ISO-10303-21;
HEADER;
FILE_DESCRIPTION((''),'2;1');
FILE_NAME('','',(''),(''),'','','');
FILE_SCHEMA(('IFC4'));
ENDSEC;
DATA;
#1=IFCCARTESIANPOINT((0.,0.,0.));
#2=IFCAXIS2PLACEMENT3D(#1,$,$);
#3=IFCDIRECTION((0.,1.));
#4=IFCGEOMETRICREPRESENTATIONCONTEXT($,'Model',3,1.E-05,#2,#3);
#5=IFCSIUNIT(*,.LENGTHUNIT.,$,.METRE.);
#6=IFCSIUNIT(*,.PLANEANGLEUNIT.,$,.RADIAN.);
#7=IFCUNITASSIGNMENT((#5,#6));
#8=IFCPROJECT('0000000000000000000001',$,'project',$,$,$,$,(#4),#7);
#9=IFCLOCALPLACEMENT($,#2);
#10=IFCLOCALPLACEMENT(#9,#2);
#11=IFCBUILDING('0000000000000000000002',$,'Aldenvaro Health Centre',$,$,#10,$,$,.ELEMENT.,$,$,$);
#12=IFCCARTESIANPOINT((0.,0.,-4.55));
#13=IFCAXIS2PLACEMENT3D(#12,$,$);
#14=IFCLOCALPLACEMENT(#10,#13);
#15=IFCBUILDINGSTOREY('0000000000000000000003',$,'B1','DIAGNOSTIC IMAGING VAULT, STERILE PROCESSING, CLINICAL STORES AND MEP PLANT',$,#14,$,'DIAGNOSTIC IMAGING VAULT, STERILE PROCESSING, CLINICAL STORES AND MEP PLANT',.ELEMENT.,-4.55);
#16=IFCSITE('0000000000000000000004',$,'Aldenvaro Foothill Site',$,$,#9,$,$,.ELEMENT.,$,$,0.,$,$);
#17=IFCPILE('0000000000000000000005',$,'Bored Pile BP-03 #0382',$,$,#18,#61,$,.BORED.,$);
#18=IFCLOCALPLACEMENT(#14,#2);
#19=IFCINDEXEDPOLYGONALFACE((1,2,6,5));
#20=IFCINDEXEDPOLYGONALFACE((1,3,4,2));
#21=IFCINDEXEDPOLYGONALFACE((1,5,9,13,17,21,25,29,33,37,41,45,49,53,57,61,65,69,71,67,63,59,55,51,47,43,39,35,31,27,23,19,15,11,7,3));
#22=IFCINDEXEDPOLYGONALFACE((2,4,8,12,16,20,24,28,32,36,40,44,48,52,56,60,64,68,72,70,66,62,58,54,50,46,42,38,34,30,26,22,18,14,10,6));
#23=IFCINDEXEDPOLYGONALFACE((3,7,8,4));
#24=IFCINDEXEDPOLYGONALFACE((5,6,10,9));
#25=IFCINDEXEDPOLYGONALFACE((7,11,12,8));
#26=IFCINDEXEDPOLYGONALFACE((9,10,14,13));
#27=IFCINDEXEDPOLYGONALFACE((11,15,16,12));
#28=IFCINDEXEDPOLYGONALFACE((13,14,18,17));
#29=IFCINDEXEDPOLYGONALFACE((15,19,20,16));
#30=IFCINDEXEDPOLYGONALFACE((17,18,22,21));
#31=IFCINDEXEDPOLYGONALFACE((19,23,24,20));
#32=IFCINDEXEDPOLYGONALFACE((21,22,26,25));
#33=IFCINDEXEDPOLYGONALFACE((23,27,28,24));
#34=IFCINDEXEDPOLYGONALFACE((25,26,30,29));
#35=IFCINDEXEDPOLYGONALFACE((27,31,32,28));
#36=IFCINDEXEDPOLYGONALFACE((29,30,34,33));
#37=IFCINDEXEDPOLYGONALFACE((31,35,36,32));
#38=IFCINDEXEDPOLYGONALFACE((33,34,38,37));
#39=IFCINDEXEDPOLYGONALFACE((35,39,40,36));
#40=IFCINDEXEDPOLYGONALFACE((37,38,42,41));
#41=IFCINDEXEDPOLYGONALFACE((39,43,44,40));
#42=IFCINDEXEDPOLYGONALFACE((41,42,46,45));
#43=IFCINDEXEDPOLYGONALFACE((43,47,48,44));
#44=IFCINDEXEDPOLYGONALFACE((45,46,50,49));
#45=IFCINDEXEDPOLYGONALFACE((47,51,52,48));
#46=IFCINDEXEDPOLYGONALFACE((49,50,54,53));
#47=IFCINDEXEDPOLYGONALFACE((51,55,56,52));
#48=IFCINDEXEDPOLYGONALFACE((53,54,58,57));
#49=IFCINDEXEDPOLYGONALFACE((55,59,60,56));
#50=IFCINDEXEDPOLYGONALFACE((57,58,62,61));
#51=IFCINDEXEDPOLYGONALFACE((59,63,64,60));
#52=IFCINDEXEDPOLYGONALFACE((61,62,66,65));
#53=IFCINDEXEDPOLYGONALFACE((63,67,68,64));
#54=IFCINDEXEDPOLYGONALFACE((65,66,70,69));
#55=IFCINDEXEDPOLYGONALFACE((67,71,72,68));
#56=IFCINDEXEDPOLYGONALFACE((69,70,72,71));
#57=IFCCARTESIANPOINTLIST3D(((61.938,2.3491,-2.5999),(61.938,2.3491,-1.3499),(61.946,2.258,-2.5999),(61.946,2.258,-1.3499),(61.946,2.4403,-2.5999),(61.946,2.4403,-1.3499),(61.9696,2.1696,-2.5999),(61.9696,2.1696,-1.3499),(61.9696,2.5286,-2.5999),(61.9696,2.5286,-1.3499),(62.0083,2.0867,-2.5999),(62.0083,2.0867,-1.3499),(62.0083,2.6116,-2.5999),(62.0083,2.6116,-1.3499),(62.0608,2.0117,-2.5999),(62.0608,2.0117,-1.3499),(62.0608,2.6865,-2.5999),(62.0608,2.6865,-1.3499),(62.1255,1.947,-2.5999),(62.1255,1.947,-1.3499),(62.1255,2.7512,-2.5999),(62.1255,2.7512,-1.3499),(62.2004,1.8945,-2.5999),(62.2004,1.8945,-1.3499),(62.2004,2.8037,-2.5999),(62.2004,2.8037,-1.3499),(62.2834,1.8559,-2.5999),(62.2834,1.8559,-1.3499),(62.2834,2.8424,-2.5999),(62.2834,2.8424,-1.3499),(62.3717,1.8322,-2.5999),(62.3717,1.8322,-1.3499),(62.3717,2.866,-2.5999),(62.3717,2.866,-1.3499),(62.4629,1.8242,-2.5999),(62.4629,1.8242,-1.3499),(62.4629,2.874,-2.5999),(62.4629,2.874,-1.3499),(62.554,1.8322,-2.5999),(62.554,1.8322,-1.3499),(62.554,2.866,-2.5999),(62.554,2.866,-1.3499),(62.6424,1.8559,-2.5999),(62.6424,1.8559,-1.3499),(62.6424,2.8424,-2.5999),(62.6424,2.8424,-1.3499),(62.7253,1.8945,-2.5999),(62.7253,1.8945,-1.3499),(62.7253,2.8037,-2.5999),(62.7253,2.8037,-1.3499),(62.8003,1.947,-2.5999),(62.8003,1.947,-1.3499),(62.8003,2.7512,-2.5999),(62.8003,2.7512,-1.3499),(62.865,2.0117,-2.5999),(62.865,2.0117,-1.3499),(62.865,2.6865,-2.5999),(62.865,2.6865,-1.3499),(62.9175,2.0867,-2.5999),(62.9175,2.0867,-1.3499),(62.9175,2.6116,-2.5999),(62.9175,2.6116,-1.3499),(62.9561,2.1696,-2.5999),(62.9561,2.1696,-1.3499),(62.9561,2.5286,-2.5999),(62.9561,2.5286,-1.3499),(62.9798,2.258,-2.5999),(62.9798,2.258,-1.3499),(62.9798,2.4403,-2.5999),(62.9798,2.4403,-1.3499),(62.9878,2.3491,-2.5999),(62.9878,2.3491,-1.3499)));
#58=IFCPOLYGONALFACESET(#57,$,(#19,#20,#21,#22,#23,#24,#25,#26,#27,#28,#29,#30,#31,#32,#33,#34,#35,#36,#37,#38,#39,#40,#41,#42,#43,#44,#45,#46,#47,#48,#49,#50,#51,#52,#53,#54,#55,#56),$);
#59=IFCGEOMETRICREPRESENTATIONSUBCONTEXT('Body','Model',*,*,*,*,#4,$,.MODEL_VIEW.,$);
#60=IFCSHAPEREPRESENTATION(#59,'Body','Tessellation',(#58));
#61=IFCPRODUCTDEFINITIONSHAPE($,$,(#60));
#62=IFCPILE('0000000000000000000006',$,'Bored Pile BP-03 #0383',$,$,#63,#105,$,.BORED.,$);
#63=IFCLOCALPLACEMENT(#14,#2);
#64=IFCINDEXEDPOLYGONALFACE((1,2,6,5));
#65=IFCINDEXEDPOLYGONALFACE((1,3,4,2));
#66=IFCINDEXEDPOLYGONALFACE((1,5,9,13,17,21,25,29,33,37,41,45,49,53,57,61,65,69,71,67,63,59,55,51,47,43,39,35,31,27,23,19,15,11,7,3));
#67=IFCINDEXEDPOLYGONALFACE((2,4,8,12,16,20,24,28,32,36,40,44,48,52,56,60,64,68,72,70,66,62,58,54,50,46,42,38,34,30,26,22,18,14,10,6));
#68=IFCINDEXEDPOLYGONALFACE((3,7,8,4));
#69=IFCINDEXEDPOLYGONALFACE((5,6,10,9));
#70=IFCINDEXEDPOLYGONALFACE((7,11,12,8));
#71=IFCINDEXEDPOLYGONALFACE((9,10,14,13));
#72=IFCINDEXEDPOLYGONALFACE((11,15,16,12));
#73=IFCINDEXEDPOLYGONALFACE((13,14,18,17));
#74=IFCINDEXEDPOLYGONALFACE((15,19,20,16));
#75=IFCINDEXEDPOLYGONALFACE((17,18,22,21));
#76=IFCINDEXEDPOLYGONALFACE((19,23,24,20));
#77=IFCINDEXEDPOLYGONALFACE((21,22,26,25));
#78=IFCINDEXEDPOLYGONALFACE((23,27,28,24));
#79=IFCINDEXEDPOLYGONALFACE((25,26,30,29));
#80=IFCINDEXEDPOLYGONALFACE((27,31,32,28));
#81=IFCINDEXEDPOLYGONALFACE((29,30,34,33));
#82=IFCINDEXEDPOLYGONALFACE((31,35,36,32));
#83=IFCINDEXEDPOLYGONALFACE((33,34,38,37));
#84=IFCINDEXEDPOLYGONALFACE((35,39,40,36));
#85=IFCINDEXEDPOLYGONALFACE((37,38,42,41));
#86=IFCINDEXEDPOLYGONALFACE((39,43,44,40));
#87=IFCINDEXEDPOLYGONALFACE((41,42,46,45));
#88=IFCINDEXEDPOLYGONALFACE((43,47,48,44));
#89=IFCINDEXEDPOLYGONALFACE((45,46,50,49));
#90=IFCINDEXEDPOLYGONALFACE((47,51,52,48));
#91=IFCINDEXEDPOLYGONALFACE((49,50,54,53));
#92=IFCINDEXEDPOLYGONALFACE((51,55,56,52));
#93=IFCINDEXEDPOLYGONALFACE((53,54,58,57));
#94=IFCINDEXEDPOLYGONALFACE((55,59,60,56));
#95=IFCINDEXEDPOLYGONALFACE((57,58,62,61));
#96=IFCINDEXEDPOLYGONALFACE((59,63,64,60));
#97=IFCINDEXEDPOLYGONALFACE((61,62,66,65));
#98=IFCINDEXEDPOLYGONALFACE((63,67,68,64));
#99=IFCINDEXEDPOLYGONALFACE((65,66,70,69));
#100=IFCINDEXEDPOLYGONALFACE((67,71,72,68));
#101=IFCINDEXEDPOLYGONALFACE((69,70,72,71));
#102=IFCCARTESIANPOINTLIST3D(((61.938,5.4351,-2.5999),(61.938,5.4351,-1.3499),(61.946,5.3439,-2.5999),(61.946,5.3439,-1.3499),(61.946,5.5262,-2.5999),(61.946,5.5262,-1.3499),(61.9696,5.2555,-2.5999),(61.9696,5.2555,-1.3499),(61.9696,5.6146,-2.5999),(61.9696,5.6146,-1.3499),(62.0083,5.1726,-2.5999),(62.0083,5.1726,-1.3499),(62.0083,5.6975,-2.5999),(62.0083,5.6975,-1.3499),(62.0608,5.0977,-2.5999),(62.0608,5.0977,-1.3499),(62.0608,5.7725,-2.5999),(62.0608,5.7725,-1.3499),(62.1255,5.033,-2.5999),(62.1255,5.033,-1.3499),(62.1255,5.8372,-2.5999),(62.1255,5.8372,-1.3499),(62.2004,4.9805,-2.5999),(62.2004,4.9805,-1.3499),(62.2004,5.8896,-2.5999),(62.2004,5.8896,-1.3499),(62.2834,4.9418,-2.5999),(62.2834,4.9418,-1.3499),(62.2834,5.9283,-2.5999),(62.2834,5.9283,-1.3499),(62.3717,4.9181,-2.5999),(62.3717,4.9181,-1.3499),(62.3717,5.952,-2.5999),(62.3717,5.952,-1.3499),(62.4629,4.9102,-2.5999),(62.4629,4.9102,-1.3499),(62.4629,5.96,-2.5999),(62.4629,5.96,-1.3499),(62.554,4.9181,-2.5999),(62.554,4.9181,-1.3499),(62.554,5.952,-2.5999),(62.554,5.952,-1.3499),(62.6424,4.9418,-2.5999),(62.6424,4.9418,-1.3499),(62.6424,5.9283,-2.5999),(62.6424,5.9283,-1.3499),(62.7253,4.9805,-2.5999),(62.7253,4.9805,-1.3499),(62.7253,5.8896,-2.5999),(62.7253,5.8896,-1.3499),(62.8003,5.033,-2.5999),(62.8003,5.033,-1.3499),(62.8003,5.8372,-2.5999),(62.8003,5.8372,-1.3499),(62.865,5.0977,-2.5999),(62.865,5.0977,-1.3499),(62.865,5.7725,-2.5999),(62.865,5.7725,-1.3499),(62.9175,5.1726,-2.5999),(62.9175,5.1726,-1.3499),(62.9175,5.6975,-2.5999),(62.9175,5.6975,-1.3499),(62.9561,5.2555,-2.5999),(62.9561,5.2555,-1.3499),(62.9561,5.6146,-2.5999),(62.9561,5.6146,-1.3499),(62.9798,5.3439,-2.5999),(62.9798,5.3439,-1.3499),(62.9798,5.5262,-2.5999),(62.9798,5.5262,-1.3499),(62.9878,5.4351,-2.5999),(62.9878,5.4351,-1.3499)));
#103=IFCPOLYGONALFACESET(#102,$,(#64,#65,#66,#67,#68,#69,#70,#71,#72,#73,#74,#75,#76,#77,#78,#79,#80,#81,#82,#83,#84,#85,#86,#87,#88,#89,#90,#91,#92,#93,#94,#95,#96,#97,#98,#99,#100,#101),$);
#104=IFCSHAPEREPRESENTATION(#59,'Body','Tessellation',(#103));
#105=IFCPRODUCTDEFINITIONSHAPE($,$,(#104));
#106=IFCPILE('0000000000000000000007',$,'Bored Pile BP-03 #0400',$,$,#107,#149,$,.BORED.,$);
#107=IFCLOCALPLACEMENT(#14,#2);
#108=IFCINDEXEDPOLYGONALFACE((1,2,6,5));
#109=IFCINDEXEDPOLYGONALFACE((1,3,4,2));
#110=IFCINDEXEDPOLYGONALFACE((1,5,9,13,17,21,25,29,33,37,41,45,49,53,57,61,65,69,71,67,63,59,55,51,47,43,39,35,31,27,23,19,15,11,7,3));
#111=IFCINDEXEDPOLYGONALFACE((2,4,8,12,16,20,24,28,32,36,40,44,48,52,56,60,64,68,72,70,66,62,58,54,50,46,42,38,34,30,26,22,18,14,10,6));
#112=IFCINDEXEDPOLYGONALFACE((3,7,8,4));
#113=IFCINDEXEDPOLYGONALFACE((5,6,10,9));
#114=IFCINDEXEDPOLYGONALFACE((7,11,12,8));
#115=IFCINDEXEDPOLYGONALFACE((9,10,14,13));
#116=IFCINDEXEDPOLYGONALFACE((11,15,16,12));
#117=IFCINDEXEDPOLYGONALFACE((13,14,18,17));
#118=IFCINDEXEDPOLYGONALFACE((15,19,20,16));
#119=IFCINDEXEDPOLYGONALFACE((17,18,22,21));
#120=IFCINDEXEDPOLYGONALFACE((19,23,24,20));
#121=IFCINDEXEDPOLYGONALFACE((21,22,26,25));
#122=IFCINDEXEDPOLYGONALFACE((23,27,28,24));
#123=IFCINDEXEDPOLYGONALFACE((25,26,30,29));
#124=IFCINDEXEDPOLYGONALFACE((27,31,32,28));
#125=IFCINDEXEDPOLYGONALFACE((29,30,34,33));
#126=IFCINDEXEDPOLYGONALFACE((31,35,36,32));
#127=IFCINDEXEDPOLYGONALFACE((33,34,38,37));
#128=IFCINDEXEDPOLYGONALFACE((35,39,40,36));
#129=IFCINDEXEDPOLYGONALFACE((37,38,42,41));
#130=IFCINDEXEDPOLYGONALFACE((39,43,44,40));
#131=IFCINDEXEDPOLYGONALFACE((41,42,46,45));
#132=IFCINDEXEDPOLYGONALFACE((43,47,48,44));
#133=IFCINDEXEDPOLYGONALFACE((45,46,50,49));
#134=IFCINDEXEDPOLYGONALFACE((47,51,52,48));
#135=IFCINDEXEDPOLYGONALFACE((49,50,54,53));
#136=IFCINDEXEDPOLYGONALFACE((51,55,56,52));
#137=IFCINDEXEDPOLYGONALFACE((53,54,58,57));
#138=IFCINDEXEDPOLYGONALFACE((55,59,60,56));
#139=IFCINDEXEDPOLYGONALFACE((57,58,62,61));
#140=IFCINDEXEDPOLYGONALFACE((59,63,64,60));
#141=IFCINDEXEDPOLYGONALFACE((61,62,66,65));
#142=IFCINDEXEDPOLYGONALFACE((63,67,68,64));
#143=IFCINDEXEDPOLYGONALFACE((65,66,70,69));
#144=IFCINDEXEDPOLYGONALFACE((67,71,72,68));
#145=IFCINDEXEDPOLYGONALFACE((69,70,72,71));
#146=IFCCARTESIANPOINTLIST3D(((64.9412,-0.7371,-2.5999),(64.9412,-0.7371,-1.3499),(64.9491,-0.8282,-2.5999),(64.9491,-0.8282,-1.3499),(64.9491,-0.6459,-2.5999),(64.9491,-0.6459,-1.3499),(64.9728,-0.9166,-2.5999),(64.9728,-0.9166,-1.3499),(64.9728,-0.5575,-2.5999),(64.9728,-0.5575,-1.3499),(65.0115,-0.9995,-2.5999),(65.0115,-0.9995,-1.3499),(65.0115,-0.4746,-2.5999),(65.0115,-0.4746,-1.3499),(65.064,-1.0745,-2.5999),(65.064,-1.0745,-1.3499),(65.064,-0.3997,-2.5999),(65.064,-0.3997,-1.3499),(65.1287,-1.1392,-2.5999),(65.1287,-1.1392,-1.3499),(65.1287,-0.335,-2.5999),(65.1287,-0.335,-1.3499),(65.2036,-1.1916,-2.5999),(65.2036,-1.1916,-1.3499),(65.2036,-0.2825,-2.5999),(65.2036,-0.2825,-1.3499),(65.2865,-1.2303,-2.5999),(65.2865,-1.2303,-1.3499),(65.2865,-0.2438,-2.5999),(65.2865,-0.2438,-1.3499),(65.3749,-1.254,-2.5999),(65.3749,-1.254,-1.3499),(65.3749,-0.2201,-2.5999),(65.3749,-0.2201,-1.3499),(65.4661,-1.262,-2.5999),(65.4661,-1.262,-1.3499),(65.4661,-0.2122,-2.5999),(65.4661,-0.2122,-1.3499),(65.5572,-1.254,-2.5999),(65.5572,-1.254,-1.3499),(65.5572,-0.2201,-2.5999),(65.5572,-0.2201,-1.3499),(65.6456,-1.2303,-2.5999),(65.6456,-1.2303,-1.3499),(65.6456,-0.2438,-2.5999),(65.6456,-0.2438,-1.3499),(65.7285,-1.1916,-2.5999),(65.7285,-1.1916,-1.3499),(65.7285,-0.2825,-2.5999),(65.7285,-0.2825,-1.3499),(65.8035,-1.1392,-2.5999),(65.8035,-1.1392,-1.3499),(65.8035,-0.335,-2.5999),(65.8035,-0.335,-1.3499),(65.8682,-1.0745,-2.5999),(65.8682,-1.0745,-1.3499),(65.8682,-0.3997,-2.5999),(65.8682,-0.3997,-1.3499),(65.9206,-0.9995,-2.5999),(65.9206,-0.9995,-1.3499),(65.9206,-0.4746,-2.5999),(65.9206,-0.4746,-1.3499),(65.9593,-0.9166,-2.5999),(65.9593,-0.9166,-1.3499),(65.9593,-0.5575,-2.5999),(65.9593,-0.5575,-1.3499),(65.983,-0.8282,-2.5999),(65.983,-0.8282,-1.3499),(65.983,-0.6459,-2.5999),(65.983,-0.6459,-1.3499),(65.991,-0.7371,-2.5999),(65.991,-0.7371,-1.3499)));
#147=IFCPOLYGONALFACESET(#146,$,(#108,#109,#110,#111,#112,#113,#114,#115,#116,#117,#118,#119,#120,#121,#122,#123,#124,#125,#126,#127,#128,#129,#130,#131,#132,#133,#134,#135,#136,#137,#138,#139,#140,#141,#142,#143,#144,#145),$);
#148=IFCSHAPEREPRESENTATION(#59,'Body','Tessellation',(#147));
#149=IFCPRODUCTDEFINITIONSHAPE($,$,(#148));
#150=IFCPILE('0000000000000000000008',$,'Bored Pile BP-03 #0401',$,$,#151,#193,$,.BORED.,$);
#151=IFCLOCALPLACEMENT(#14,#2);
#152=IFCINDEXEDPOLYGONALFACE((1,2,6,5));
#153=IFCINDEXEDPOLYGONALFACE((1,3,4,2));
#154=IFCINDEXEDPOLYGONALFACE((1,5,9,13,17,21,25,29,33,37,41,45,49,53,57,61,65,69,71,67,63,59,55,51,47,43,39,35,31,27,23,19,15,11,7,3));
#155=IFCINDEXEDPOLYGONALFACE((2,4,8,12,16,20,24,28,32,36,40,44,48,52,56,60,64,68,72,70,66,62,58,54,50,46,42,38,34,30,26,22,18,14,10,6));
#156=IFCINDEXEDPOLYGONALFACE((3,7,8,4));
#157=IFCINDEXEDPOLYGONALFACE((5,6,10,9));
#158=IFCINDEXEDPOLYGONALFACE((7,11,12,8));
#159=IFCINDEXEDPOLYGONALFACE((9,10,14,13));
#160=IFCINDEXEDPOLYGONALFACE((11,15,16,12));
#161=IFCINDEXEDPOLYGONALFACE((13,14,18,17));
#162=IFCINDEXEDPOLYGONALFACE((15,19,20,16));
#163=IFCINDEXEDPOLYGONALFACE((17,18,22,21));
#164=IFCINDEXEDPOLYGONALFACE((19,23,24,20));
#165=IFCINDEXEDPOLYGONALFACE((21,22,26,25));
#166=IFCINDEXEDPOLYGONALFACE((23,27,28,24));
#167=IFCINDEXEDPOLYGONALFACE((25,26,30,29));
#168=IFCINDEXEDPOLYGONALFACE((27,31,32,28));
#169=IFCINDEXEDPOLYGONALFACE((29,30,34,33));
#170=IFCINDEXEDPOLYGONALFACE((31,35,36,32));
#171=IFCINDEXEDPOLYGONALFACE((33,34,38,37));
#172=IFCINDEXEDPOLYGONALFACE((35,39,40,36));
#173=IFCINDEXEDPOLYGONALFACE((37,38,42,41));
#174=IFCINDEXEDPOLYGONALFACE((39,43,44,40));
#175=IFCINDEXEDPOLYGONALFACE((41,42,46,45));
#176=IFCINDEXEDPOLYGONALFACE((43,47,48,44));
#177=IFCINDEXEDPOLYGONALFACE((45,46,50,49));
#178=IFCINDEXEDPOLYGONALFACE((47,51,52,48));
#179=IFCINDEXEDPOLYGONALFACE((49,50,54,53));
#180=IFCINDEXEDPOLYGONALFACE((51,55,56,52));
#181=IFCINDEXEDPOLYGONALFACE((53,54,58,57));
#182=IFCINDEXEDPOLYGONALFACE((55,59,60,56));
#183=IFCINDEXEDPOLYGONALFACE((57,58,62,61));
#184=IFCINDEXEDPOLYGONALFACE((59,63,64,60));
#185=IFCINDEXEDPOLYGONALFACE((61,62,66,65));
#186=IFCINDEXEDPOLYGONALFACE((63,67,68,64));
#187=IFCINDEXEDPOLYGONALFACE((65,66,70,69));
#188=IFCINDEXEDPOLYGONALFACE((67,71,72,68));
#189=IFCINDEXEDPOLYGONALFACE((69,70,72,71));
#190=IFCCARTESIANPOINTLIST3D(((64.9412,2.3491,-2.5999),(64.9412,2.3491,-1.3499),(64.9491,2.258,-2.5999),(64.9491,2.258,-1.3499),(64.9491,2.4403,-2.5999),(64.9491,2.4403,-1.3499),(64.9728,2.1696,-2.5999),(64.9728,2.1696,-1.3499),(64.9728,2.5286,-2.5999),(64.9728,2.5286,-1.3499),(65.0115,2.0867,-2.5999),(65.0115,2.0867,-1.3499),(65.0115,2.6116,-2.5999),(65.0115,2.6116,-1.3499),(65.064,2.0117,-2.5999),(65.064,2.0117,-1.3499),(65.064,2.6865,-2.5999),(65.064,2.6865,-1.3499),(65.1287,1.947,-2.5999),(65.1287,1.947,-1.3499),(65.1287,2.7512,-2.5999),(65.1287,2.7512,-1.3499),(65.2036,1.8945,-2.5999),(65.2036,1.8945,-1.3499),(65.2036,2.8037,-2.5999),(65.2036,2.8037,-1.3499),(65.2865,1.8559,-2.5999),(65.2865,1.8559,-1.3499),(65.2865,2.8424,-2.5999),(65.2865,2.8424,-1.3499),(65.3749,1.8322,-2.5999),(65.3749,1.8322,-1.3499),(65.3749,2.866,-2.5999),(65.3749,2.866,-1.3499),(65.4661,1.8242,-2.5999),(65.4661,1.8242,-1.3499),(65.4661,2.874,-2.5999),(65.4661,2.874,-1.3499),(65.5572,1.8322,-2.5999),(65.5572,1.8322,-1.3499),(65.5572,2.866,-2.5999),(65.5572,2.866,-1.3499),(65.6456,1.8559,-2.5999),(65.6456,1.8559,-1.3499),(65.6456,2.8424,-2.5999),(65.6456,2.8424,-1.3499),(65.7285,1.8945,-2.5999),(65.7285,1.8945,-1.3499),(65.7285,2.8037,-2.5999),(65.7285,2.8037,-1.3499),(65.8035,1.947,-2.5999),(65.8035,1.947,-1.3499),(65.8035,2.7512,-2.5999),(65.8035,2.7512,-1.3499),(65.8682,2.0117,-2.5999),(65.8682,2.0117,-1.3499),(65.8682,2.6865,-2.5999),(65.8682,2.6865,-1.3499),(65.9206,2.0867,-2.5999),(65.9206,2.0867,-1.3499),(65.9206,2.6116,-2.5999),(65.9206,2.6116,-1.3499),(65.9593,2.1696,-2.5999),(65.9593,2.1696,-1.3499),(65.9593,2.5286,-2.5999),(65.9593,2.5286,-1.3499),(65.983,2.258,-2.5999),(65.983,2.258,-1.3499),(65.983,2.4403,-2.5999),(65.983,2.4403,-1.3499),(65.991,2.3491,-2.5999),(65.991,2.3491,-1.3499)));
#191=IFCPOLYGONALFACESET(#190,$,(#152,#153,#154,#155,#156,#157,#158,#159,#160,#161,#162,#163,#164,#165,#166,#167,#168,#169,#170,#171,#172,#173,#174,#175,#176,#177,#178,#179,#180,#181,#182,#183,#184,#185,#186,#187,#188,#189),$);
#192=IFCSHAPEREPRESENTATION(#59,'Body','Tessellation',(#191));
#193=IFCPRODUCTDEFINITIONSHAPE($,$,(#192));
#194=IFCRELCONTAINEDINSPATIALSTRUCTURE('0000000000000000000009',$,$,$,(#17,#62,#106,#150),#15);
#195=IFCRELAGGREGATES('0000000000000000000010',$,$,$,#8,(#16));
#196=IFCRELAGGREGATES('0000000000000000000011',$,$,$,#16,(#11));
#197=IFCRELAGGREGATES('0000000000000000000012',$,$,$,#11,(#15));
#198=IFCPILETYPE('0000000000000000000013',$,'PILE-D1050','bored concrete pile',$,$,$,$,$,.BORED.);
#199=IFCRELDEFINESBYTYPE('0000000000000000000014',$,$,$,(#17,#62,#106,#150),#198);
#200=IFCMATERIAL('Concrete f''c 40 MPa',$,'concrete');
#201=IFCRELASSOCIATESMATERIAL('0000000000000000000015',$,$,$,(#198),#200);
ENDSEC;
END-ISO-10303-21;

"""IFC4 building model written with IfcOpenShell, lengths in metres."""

from ifc_helpers import new_model, si_unit, direction, frame, origin, origin_2d, place, context, subcontext, project, spatial, circle, extrude, material, material_profile, profile_set, type_object, element, save


model = new_model("IFC4")

# Units and contexts
model_context = context("Model", 3, precision=1e-05, world=origin(), true_north=direction((0.0, 1.0)))
body_context = subcontext(model_context, "Body", "Model", "MODEL_VIEW")
ifc_project = project(units=[si_unit("LENGTHUNIT", "METRE"), si_unit("PLANEANGLEUNIT", "RADIAN")], contexts=[model_context])

# Site, building, storey
site_placement = place(None, origin())
site = spatial("IfcSite", under=ifc_project, at=site_placement, Name="Aldenvaro Foothill Site", CompositionType="ELEMENT", RefElevation=0.0)
building_placement = place(site_placement, origin())
building = spatial("IfcBuilding", under=site, at=building_placement, Name="Aldenvaro Health Centre", CompositionType="ELEMENT")
storey_placement = place(building_placement, frame((0.0, 0.0, -4.55)))
storey = spatial("IfcBuildingStorey", under=building, at=storey_placement, Name="B1", Description="DIAGNOSTIC IMAGING VAULT, STERILE PROCESSING, CLINICAL STORES AND MEP PLANT", LongName="DIAGNOSTIC IMAGING VAULT, STERILE PROCESSING, CLINICAL STORES AND MEP PLANT", CompositionType="ELEMENT", Elevation=-4.55)

# Piles
ifc_material = material(Name="Concrete f'c 40 MPa", Category="concrete")
ifc_material_profile_1 = material_profile(ifc_material, circle(Radius=0.5249, at=origin_2d()), Name="PILE D1050", Category="concrete")
ifc_profile_set_1 = profile_set([ifc_material_profile_1], Name="Concrete f'c 40 MPa")
pile_type = type_object("IfcPileType", Name="PILE-D1050", Description="bored concrete pile", PredefinedType="BORED", material=ifc_profile_set_1)
for number, where, z_axis, x_axis, name in (
    (1, (62.4629, 2.3491, -1.3499), (0.0, 0.0, -1.0), (1.0, 0.0, 0.0), "Bored Pile BP-03 #0382"),
    (2, (62.4629, 5.4351, -1.3499), (0.0, 0.0, -1.0), (1.0, 0.0, 0.0), "Bored Pile BP-03 #0383"),
    (3, (65.4661, -0.7371, -1.3499), (0.0, 0.0, -1.0), (1.0, 0.0, 0.0), "Bored Pile BP-03 #0400"),
    (4, (65.4661, 2.3491, -1.3499), (0.0, 0.0, -1.0), (1.0, 0.0, 0.0), "Bored Pile BP-03 #0401"),
):
    element("IfcPile", number, at=place(storey_placement, frame(where, z_axis=z_axis, x_axis=x_axis)), inside=storey, type_object=pile_type, Name=name, PredefinedType="BORED", context=body_context, shape_type="SweptSolid", body=[
        extrude(circle(Radius=0.5249, at=origin_2d()), origin(), (0.0, 0.0, 1.0), 1.25),
    ])

save(model, "model.ifc")
